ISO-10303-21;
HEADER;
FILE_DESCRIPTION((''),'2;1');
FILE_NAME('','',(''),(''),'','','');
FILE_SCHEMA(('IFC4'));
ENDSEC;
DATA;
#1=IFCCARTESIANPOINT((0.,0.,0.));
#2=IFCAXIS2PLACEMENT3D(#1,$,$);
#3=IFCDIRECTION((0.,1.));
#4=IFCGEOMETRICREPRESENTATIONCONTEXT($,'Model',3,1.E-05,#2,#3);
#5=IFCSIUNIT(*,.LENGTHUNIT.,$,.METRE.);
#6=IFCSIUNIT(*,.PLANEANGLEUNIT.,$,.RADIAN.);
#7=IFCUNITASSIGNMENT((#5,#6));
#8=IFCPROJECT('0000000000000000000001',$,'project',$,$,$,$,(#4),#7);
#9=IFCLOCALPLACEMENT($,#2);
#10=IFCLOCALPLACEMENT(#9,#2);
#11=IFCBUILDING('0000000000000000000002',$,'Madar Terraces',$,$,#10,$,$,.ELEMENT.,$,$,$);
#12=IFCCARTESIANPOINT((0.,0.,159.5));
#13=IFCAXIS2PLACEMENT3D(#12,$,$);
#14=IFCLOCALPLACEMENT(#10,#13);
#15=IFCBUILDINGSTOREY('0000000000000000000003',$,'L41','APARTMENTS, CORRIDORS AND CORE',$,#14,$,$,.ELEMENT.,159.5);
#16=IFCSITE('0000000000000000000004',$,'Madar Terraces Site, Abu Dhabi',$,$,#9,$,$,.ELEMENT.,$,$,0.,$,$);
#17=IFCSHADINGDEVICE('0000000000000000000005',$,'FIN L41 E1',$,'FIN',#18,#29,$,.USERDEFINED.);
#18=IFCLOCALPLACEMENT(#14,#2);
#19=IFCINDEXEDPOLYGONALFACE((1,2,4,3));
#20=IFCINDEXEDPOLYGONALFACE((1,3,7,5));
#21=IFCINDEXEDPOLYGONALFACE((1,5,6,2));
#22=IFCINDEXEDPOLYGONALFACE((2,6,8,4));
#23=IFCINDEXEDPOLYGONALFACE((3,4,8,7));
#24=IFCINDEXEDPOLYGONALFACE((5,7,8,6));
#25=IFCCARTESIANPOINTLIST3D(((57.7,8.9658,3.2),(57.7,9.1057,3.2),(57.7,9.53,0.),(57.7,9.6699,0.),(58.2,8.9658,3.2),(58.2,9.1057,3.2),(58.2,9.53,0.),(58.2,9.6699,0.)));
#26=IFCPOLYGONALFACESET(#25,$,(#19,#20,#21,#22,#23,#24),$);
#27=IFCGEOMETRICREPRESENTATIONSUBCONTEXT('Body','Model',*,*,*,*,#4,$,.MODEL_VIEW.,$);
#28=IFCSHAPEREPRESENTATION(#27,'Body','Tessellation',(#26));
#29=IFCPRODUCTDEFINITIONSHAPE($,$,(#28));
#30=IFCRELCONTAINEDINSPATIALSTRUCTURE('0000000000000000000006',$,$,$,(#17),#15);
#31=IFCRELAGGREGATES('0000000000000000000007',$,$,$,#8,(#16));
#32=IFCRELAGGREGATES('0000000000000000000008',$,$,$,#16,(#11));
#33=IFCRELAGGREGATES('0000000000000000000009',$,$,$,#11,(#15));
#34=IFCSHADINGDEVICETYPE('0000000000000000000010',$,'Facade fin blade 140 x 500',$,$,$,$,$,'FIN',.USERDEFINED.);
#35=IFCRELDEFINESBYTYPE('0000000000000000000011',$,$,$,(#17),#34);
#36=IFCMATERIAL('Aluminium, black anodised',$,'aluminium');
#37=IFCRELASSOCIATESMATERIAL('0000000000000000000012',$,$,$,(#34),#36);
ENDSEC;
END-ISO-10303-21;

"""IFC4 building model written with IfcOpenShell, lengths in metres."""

from ifc_helpers import new_model, si_unit, direction, frame, origin, place, context, subcontext, project, spatial, polyline, outline, extrude, material, type_object, element, save


model = new_model("IFC4")

# Units and contexts
model_context = context("Model", 3, precision=1e-05, world=origin(), true_north=direction((0.0, 1.0)))
body_context = subcontext(model_context, "Body", "Model", "MODEL_VIEW")
ifc_project = project(units=[si_unit("LENGTHUNIT", "METRE"), si_unit("PLANEANGLEUNIT", "RADIAN")], contexts=[model_context])

# Site, building, storey
site_placement = place(None, origin())
site = spatial("IfcSite", under=ifc_project, at=site_placement, Name="Madar Terraces Site, Abu Dhabi", CompositionType="ELEMENT", RefElevation=0.0)
building_placement = place(site_placement, origin())
building = spatial("IfcBuilding", under=site, at=building_placement, Name="Madar Terraces", CompositionType="ELEMENT")
storey_placement = place(building_placement, frame((0.0, 0.0, 159.5)))
storey = spatial("IfcBuildingStorey", under=building, at=storey_placement, Name="L41", Description="APARTMENTS, CORRIDORS AND CORE", CompositionType="ELEMENT", Elevation=159.5)

# Shading device
ifc_material_1 = material(Name="Aluminium, black anodised", Category="aluminium")
shading_device_type = type_object("IfcShadingDeviceType", Name="Facade fin blade 140 x 500", ElementType="FIN", PredefinedType="USERDEFINED", material=ifc_material_1)
shading_device_1_placement = place(storey_placement, frame((57.95, 9.53, 0.0), z_axis=(0.0, 0.0, 1.0), x_axis=(0.0, 1.0, 0.0)))
element("IfcShadingDevice", 1, at=shading_device_1_placement, inside=storey, type_object=shading_device_type, Name="FIN L41 E1", ObjectType="FIN", PredefinedType="USERDEFINED", context=body_context, shape_type="SweptSolid", body=[
    extrude(outline(polyline([(0.0, 0.0), (0.1399, 0.0), (-0.4243, 3.2), (-0.5642, 3.2), (0.0, 0.0)])), frame((0.0, 0.25, 0.0), z_axis=(0.0, -1.0, 0.0), x_axis=(1.0, 0.0, 0.0)), (0.0, 0.0, 1.0), 0.5),
])

save(model, "model.ifc")
